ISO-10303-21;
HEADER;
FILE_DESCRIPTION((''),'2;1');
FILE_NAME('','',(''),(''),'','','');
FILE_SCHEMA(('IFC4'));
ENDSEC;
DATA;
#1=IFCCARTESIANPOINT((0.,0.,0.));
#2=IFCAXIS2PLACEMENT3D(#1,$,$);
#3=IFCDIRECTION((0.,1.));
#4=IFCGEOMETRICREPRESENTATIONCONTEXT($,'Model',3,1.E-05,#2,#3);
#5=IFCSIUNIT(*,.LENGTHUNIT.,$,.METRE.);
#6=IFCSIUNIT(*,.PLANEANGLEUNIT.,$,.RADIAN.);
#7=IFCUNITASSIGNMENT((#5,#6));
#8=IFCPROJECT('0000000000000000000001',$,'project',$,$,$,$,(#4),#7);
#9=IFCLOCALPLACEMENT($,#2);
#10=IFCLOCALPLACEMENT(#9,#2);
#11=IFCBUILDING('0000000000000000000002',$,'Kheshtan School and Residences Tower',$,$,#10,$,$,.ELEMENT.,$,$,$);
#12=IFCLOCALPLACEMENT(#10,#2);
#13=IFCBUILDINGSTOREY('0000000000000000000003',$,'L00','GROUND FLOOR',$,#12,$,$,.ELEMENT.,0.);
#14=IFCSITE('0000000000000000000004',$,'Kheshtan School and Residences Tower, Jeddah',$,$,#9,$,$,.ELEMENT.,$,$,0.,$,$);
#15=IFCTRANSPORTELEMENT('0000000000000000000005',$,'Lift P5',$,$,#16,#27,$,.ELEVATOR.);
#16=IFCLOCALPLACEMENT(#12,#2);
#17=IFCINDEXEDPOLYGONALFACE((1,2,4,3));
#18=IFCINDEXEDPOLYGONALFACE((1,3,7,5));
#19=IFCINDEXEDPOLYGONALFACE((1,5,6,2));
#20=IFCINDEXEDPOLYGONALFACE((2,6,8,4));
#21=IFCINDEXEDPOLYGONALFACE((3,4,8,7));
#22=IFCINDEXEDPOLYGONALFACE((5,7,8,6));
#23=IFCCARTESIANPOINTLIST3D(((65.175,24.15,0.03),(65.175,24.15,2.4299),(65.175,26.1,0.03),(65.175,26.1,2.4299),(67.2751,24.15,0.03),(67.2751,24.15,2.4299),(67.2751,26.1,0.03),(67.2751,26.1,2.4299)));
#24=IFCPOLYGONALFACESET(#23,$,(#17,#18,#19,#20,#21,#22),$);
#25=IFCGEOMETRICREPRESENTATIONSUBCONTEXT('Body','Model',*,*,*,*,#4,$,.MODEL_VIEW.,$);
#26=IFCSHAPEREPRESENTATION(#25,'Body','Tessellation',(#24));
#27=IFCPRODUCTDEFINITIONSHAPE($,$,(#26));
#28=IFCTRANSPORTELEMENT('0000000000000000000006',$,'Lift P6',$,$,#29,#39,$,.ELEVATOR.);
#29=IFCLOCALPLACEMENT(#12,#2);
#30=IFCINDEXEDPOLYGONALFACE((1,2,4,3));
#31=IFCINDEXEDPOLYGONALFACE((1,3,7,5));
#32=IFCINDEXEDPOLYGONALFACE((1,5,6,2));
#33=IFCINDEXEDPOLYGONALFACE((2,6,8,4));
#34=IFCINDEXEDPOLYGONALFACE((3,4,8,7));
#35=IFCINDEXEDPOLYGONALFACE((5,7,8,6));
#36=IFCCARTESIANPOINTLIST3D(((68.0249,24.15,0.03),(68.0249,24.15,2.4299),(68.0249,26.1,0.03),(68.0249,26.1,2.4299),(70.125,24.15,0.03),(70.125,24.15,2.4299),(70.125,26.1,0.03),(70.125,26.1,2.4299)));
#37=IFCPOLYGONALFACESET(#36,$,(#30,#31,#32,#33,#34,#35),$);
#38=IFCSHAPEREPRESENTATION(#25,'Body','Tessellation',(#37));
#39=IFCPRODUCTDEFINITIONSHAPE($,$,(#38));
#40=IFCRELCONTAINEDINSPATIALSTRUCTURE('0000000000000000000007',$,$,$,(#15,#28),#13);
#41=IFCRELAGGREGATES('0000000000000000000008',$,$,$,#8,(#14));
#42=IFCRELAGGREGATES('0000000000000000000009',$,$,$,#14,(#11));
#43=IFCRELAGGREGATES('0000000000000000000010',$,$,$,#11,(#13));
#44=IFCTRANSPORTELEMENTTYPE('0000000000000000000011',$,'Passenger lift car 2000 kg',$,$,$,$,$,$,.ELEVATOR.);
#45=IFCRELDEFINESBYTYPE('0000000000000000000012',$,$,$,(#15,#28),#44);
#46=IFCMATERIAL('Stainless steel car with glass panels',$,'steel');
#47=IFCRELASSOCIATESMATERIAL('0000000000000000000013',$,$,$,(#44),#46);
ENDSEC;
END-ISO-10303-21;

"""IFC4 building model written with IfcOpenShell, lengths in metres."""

from ifc_helpers import new_model, si_unit, direction, frame, origin, origin_2d, place, context, subcontext, project, spatial, rectangle, extrude, material, type_object, element, save


model = new_model("IFC4")

# Units and contexts
model_context = context("Model", 3, precision=1e-05, world=origin(), true_north=direction((0.0, 1.0)))
body_context = subcontext(model_context, "Body", "Model", "MODEL_VIEW")
ifc_project = project(units=[si_unit("LENGTHUNIT", "METRE"), si_unit("PLANEANGLEUNIT", "RADIAN")], contexts=[model_context])

# Site, building, storey
site_placement = place(None, origin())
site = spatial("IfcSite", under=ifc_project, at=site_placement, Name="Kheshtan School and Residences Tower, Jeddah", CompositionType="ELEMENT", RefElevation=0.0)
building_placement = place(site_placement, origin())
building = spatial("IfcBuilding", under=site, at=building_placement, Name="Kheshtan School and Residences Tower", CompositionType="ELEMENT")
storey_placement = place(building_placement, origin())
storey = spatial("IfcBuildingStorey", under=building, at=storey_placement, Name="L00", Description="GROUND FLOOR", CompositionType="ELEMENT", Elevation=0.0)

# Transport elements
ifc_material_1 = material(Name="Stainless steel car with glass panels", Category="steel")
transport_element_type = type_object("IfcTransportElementType", Name="Passenger lift car 2000 kg", PredefinedType="ELEVATOR", material=ifc_material_1)
for number, where, z_axis, x_axis, name in (
    (1, (66.2251, 25.125, 0.03), (0.0, 0.0, 1.0), (1.0, 0.0, 0.0), "Lift P5"),
    (2, (69.075, 25.125, 0.03), (0.0, 0.0, 1.0), (1.0, 0.0, 0.0), "Lift P6"),
):
    element("IfcTransportElement", number, at=place(storey_placement, frame(where, z_axis=z_axis, x_axis=x_axis)), inside=storey, type_object=transport_element_type, Name=name, PredefinedType="ELEVATOR", context=body_context, shape_type="SweptSolid", body=[
        extrude(rectangle(XDim=2.1001, YDim=1.95, at=origin_2d()), origin(), (0.0, 0.0, 1.0), 2.3999),
    ])

save(model, "model.ifc")
